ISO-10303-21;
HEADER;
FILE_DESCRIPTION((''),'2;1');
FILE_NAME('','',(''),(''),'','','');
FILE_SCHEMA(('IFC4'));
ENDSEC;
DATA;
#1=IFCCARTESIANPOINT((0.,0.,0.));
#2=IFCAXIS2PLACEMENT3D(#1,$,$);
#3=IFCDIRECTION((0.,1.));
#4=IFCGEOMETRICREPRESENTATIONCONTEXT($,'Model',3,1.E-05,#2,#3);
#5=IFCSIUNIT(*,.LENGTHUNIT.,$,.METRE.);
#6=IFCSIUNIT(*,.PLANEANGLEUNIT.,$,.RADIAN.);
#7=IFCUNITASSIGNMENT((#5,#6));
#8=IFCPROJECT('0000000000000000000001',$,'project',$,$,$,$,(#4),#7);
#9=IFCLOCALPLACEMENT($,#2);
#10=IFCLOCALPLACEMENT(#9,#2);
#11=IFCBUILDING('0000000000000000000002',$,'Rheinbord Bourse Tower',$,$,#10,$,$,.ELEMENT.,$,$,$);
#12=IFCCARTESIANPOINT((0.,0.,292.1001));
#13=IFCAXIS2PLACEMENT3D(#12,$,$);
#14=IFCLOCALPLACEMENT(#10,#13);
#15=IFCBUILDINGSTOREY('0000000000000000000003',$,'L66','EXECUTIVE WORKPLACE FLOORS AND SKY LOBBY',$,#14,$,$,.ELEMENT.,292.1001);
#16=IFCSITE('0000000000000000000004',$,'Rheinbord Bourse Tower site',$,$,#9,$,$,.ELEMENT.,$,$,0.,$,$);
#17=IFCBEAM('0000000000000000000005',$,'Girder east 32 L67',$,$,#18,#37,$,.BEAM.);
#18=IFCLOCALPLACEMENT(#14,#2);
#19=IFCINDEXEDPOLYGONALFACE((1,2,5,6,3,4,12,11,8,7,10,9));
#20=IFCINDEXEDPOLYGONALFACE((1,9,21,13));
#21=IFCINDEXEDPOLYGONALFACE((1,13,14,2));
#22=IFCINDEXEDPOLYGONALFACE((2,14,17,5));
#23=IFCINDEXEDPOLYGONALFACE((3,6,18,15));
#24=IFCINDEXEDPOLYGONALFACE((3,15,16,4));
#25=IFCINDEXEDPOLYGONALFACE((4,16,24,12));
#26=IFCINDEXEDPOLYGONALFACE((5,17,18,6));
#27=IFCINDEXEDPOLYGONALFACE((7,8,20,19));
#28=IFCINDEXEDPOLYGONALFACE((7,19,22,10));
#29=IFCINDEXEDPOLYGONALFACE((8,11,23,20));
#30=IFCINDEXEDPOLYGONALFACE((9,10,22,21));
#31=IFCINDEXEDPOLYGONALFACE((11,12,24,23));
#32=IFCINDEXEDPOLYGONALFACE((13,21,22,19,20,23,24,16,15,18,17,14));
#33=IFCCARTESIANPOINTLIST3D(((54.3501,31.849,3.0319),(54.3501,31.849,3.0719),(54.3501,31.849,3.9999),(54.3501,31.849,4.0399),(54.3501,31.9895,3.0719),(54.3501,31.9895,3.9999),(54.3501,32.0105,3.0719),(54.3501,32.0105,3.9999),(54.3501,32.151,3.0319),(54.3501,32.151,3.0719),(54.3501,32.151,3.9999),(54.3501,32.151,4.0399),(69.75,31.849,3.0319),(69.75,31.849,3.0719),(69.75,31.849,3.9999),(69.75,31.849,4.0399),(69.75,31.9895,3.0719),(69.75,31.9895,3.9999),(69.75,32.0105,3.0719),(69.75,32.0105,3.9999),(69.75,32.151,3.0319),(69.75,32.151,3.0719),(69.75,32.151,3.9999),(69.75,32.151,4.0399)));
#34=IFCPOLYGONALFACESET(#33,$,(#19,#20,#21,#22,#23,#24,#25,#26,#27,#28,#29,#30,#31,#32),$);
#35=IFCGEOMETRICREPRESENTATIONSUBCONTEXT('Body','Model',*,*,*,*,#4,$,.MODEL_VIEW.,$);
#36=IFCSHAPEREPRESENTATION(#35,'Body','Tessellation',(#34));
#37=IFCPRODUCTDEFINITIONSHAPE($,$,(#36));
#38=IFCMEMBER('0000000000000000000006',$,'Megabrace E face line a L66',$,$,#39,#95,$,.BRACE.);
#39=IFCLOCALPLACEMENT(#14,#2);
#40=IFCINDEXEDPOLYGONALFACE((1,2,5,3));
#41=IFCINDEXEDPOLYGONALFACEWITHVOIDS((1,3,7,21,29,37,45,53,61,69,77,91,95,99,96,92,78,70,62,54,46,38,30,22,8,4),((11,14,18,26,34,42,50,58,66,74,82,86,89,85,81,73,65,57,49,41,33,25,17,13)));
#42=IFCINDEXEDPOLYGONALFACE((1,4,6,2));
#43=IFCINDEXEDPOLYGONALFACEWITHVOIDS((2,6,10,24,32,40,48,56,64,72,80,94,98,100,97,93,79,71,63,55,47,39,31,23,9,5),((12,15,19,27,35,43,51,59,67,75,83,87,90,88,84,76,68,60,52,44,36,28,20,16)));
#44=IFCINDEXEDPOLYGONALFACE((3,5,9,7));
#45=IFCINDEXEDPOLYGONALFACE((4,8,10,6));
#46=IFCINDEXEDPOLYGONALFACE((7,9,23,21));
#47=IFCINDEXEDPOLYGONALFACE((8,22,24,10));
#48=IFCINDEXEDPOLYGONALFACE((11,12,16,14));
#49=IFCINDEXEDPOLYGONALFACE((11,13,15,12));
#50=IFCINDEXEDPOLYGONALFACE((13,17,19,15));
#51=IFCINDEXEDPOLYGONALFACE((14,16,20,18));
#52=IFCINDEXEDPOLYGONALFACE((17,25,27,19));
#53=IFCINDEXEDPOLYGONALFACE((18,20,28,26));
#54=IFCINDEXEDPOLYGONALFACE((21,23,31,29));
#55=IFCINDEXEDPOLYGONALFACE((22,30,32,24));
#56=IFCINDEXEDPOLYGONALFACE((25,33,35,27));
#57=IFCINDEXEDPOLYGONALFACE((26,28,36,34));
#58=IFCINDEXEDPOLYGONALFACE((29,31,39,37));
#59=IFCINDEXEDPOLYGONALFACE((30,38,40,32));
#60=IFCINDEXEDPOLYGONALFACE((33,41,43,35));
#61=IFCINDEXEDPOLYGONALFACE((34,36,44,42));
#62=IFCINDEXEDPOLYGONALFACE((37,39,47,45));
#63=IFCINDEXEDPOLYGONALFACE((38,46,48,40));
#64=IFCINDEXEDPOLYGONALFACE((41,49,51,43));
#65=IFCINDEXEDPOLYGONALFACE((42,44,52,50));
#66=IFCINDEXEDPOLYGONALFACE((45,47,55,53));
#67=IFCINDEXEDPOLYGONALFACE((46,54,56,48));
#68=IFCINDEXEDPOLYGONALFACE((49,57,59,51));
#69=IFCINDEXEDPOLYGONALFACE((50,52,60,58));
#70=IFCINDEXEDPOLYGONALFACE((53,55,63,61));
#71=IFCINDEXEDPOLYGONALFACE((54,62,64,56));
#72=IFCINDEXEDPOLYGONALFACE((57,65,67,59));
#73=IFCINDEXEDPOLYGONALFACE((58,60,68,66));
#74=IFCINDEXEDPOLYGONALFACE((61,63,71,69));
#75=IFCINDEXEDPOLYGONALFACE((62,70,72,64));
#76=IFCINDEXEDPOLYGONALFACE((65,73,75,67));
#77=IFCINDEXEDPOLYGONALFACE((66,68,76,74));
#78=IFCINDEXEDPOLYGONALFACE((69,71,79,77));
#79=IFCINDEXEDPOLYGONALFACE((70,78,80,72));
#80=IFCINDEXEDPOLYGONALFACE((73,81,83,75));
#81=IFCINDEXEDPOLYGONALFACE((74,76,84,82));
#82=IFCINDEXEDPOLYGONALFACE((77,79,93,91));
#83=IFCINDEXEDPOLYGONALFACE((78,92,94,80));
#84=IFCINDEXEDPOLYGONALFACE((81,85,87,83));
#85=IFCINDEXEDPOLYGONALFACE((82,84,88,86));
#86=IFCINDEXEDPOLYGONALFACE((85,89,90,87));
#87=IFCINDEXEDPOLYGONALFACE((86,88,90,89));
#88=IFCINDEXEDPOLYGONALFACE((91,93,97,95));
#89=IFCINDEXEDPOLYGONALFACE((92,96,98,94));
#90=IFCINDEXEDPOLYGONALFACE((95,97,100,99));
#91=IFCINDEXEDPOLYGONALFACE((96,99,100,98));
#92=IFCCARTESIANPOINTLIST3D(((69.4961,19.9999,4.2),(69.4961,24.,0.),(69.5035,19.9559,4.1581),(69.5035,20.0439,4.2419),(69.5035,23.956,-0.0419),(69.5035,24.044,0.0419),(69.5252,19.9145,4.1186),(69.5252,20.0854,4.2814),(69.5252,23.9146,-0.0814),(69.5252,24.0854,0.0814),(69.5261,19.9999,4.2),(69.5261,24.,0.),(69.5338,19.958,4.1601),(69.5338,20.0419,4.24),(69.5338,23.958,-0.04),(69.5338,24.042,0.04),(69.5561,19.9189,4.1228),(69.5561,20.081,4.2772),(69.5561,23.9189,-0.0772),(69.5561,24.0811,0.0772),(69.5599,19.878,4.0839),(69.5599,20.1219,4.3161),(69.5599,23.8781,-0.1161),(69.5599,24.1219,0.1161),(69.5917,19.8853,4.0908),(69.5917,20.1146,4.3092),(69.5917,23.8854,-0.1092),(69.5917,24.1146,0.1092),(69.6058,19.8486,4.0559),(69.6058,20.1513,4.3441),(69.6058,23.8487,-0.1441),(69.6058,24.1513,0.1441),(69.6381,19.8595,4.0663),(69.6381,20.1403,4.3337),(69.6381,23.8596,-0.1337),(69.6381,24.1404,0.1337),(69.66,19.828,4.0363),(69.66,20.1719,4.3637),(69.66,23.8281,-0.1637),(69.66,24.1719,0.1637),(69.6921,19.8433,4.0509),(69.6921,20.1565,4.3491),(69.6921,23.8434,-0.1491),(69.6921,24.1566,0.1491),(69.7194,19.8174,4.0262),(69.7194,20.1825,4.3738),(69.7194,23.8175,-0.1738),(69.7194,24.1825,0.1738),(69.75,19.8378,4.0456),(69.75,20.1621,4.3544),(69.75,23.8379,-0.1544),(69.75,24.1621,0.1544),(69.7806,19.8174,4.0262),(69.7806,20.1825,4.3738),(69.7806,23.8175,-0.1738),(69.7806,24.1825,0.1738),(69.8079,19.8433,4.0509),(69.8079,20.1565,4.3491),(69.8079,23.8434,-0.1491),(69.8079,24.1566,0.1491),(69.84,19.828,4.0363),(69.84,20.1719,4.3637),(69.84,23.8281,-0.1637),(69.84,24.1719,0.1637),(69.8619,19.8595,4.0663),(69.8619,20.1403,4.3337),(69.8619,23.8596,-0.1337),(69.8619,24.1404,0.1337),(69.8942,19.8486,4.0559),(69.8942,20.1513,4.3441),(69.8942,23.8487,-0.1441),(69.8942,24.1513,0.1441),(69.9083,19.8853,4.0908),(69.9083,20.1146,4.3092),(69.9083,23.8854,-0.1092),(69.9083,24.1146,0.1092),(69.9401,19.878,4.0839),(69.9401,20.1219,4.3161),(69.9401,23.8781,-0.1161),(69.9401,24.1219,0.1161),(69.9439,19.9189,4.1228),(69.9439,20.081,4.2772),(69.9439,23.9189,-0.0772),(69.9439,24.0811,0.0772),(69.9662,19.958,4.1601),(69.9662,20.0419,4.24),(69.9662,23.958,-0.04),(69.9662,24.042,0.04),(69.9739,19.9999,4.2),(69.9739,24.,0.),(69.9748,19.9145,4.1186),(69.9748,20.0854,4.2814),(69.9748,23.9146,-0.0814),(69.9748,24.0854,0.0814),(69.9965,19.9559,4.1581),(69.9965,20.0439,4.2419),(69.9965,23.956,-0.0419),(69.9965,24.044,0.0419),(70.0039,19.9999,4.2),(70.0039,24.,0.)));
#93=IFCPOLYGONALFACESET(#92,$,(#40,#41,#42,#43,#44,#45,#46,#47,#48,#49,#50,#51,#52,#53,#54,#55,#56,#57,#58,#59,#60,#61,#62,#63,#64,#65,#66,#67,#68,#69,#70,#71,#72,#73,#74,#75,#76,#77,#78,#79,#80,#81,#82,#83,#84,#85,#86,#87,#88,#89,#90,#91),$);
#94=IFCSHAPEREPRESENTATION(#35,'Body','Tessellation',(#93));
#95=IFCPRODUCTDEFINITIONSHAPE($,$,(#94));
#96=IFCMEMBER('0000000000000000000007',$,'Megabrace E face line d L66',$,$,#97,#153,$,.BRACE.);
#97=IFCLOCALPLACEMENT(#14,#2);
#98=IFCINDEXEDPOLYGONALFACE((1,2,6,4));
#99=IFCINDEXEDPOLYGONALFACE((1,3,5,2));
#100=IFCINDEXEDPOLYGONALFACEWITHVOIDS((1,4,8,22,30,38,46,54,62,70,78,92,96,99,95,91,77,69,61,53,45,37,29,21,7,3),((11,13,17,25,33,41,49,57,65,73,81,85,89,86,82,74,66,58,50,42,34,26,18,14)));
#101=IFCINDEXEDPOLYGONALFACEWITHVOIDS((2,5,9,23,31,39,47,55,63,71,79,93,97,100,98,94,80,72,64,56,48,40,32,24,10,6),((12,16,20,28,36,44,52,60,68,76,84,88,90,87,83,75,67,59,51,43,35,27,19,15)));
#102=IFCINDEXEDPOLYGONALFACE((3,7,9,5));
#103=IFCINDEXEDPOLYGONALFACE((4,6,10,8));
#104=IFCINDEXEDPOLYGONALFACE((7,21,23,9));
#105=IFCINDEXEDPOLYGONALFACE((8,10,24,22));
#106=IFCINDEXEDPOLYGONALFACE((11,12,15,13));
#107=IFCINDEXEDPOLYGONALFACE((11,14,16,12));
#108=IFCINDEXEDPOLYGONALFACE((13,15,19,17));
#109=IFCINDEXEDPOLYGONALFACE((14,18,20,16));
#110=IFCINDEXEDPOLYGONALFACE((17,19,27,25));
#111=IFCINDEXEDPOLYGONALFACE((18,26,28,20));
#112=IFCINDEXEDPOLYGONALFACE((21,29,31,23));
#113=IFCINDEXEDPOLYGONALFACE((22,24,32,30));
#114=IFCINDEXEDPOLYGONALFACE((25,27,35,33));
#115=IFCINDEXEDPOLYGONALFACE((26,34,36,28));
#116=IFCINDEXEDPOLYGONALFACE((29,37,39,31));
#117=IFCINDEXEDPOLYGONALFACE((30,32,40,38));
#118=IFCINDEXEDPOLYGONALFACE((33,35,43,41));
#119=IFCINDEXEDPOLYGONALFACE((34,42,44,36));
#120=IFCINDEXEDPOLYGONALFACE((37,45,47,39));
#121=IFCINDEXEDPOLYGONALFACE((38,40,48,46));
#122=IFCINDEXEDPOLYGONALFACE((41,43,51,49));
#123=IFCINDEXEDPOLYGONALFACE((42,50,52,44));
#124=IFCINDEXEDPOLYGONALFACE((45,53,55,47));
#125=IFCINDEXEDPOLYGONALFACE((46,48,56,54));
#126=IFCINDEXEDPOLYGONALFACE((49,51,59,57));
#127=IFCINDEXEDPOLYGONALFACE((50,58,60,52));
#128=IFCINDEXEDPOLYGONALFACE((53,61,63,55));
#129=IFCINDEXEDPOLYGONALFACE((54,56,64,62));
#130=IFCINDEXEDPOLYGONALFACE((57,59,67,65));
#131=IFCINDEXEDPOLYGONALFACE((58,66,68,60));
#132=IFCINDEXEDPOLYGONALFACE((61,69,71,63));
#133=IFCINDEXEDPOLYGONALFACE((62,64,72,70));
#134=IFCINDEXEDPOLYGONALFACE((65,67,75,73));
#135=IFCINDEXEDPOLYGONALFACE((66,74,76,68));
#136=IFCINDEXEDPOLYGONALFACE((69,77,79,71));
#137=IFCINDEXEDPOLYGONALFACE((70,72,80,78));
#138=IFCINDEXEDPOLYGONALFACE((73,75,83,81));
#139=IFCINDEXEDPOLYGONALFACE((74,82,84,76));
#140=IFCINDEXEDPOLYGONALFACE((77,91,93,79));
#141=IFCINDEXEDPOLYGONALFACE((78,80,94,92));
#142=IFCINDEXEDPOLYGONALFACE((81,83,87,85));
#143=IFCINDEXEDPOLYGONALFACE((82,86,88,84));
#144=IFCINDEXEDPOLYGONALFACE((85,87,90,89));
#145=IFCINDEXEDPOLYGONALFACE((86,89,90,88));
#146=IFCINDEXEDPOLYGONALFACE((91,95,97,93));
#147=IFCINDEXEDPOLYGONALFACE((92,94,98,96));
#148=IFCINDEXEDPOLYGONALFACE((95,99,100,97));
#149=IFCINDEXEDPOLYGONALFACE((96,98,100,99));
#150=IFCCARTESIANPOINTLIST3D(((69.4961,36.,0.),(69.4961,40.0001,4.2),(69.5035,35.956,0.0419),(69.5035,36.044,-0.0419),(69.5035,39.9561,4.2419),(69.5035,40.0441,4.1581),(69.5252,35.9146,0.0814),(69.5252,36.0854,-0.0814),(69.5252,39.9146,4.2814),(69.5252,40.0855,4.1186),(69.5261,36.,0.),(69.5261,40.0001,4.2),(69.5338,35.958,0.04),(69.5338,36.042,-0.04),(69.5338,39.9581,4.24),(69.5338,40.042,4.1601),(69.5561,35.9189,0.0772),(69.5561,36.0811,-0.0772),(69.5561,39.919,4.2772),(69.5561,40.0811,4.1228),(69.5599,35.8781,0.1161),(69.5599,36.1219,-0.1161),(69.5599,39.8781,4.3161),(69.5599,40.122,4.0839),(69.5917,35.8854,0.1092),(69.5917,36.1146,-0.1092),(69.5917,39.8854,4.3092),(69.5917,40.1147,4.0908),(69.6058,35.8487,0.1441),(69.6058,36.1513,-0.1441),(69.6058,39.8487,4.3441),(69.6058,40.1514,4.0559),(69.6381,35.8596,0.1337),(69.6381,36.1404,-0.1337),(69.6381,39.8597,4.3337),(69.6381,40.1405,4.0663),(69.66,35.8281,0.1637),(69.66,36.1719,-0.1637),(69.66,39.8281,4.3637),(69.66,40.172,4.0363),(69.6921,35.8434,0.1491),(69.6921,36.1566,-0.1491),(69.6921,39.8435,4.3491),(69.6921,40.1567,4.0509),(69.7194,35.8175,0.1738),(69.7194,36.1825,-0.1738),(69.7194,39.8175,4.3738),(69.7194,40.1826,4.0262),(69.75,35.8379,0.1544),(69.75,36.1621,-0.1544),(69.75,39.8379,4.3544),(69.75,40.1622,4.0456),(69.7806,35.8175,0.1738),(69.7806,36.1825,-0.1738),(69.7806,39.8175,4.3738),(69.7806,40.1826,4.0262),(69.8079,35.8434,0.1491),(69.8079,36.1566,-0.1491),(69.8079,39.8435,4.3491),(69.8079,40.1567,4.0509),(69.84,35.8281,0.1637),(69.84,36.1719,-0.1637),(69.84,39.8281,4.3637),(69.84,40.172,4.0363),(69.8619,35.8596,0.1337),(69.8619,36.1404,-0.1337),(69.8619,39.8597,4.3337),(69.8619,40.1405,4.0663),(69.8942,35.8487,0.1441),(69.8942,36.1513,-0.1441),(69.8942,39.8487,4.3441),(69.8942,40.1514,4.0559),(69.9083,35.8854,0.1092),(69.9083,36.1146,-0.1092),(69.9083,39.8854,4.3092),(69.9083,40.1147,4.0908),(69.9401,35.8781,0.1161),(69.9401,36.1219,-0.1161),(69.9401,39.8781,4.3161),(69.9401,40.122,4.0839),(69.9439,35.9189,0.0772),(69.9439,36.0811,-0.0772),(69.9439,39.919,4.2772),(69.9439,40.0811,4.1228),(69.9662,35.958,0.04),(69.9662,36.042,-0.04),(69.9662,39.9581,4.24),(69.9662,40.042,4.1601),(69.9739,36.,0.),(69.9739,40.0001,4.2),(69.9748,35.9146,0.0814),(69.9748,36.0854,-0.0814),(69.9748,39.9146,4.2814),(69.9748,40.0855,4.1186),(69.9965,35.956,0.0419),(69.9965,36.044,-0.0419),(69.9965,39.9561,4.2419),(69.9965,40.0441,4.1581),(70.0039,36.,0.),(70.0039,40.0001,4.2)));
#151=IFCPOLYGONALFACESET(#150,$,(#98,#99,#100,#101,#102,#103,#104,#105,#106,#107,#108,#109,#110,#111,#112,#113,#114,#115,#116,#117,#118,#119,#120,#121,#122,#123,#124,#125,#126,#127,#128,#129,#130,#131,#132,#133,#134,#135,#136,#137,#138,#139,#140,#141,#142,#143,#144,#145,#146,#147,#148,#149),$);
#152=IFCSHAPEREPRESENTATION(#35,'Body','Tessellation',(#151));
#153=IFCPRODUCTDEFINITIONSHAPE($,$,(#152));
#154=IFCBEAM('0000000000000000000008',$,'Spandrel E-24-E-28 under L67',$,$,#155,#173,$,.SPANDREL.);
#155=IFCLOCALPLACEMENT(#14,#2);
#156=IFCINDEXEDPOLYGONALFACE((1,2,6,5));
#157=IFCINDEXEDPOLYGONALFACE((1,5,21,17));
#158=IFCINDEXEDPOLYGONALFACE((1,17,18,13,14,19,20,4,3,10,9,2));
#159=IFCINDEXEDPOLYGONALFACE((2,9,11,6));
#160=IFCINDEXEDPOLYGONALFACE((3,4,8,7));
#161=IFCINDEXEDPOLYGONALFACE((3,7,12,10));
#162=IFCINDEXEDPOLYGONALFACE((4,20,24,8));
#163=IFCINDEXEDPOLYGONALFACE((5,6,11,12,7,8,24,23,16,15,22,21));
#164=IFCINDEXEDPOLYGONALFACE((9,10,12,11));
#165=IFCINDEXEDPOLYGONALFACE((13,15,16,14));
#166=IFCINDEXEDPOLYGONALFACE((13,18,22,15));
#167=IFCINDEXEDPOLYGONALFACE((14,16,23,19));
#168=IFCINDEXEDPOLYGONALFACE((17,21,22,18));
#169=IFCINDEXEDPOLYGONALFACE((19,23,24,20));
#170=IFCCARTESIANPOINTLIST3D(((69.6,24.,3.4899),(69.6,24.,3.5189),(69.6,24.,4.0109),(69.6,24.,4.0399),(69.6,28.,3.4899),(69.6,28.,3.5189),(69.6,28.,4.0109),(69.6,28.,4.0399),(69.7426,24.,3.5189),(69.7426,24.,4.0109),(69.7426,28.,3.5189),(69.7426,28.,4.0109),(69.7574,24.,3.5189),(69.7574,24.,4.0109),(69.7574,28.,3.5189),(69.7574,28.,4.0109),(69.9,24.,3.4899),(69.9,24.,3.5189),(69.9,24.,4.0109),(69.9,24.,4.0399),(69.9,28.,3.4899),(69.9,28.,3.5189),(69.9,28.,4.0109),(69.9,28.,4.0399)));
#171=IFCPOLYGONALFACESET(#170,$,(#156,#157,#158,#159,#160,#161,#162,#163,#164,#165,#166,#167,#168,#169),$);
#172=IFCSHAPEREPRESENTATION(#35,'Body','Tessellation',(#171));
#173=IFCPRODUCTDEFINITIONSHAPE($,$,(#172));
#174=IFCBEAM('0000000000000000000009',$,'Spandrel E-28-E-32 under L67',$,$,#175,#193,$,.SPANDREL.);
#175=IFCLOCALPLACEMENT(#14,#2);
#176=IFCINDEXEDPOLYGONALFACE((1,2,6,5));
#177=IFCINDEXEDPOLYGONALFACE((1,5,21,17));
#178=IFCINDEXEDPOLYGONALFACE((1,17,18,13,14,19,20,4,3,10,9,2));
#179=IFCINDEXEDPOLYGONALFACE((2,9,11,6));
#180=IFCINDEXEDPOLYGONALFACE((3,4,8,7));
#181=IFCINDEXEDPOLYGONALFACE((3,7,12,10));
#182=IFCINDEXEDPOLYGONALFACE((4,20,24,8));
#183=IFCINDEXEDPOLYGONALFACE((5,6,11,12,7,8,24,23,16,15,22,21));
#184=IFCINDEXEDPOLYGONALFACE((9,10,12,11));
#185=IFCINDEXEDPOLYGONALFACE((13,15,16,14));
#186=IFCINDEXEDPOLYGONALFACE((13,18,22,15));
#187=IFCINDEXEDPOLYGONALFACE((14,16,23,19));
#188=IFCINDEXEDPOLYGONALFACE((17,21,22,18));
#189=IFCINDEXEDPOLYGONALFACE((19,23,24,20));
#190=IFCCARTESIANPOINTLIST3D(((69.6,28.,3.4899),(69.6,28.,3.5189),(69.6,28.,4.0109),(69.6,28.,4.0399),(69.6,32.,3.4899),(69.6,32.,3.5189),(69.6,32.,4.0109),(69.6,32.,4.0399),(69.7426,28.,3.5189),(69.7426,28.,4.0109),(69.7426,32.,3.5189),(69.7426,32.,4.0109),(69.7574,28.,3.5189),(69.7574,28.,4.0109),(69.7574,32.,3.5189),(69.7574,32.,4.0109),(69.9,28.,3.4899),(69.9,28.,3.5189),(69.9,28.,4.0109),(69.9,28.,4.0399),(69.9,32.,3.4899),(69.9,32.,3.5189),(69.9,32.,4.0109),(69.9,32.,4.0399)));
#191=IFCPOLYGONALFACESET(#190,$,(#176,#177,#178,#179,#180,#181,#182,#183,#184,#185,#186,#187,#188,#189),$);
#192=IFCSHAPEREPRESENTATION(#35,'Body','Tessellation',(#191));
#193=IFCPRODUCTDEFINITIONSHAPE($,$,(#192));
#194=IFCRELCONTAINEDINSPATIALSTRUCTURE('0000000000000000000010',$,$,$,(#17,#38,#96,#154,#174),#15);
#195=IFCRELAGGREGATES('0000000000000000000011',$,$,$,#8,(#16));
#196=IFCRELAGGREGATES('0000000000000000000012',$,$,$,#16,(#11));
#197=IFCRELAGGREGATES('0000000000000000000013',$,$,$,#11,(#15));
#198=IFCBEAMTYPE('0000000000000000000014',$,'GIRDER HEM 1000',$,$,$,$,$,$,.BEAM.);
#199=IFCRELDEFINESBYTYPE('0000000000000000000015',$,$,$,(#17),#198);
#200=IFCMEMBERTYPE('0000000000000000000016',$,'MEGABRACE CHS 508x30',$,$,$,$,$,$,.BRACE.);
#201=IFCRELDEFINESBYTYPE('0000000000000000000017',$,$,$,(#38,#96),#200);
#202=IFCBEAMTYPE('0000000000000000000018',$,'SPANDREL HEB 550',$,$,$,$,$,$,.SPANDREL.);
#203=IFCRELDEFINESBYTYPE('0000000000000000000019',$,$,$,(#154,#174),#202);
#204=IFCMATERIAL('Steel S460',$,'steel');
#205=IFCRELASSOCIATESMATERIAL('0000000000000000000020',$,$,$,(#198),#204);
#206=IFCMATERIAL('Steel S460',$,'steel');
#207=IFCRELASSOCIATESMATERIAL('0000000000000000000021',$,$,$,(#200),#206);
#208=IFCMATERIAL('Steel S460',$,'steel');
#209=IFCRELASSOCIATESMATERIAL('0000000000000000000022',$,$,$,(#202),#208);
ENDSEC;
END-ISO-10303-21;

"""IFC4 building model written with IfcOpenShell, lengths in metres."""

from ifc_helpers import new_model, si_unit, direction, frame, origin, origin_2d, place, context, subcontext, project, spatial, hollow_circle, i_section, extrude, material, material_profile, profile_set, type_object, element, save


model = new_model("IFC4")

# Units and contexts
model_context = context("Model", 3, precision=1e-05, world=origin(), true_north=direction((0.0, 1.0)))
body_context = subcontext(model_context, "Body", "Model", "MODEL_VIEW")
ifc_project = project(units=[si_unit("LENGTHUNIT", "METRE"), si_unit("PLANEANGLEUNIT", "RADIAN")], contexts=[model_context])

# Site, building, storey
site_placement = place(None, origin())
site = spatial("IfcSite", under=ifc_project, at=site_placement, Name="Rheinbord Bourse Tower site", CompositionType="ELEMENT", RefElevation=0.0)
building_placement = place(site_placement, origin())
building = spatial("IfcBuilding", under=site, at=building_placement, Name="Rheinbord Bourse Tower", CompositionType="ELEMENT")
storey_placement = place(building_placement, frame((0.0, 0.0, 292.1001)))
storey = spatial("IfcBuildingStorey", under=building, at=storey_placement, Name="L66", Description="EXECUTIVE WORKPLACE FLOORS AND SKY LOBBY", CompositionType="ELEMENT", Elevation=292.1001)

# Beam
ifc_material_1 = material(Name="Steel S460", Category="steel")
ifc_material_profile_1 = material_profile(ifc_material_1, i_section(OverallWidth=0.302, OverallDepth=1.0081, WebThickness=0.021, FlangeThickness=0.04, at=origin_2d()), Name="HEM 1000")
ifc_profile_set_1 = profile_set([ifc_material_profile_1], Name="Steel S460")
beam_type_1 = type_object("IfcBeamType", Name="GIRDER HEM 1000", PredefinedType="BEAM", material=ifc_profile_set_1)
beam_placement = place(storey_placement, frame((54.3501, 32.0, 3.5359), z_axis=(1.0, 0.0, 0.0), x_axis=(0.0, 1.0, 0.0)))
element("IfcBeam", 1, at=beam_placement, inside=storey, type_object=beam_type_1, Name="Girder east 32 L67", PredefinedType="BEAM", context=body_context, shape_type="SweptSolid", body=[
    extrude(i_section(OverallWidth=0.302, OverallDepth=1.0081, WebThickness=0.021, FlangeThickness=0.04, at=origin_2d()), origin(), (0.0, 0.0, 1.0), 15.3999),
])

# Members
ifc_material_2 = material(Name="Steel S460", Category="steel")
ifc_material_profile_2 = material_profile(ifc_material_2, hollow_circle(Radius=0.2539, WallThickness=0.03, at=origin_2d()), Name="CHS 508x30")
ifc_profile_set_2 = profile_set([ifc_material_profile_2], Name="Steel S460")
member_type_1 = type_object("IfcMemberType", Name="MEGABRACE CHS 508x30", PredefinedType="BRACE", material=ifc_profile_set_2)
for number, where, z_axis, x_axis, name in (
    (2, (69.75, 24.0, 0.0), (0.0, -0.689659, 0.724134), (1.0, 0.0, 0.0), "Megabrace E face line a L66"),
    (3, (69.75, 36.0, 0.0), (0.0, 0.689659, 0.724134), (-1.0, 0.0, 0.0), "Megabrace E face line d L66"),
):
    element("IfcMember", number, at=place(storey_placement, frame(where, z_axis=z_axis, x_axis=x_axis)), inside=storey, type_object=member_type_1, Name=name, PredefinedType="BRACE", context=body_context, shape_type="SweptSolid", body=[
        extrude(hollow_circle(Radius=0.2539, WallThickness=0.03, at=origin_2d()), origin(), (0.0, 0.0, 1.0), 5.8),
    ])

# Beams
ifc_material_3 = material(Name="Steel S460", Category="steel")
ifc_material_profile_3 = material_profile(ifc_material_3, i_section(OverallWidth=0.3, OverallDepth=0.55, WebThickness=0.0149, FlangeThickness=0.0291, at=origin_2d()), Name="HEB 550")
ifc_profile_set_3 = profile_set([ifc_material_profile_3], Name="Steel S460")
beam_type_2 = type_object("IfcBeamType", Name="SPANDREL HEB 550", PredefinedType="SPANDREL", material=ifc_profile_set_3)
for number, where, z_axis, x_axis, name in (
    (4, (69.75, 24.0, 3.7649), (0.0, 1.0, 0.0), (-1.0, 0.0, 0.0), "Spandrel E-24-E-28 under L67"),
    (5, (69.75, 28.0, 3.7649), (0.0, 1.0, 0.0), (-1.0, 0.0, 0.0), "Spandrel E-28-E-32 under L67"),
):
    element("IfcBeam", number, at=place(storey_placement, frame(where, z_axis=z_axis, x_axis=x_axis)), inside=storey, type_object=beam_type_2, Name=name, PredefinedType="SPANDREL", context=body_context, shape_type="SweptSolid", body=[
        extrude(i_section(OverallWidth=0.3, OverallDepth=0.55, WebThickness=0.0149, FlangeThickness=0.0291, at=origin_2d()), origin(), (0.0, 0.0, 1.0), 4.0),
    ])

save(model, "model.ifc")
